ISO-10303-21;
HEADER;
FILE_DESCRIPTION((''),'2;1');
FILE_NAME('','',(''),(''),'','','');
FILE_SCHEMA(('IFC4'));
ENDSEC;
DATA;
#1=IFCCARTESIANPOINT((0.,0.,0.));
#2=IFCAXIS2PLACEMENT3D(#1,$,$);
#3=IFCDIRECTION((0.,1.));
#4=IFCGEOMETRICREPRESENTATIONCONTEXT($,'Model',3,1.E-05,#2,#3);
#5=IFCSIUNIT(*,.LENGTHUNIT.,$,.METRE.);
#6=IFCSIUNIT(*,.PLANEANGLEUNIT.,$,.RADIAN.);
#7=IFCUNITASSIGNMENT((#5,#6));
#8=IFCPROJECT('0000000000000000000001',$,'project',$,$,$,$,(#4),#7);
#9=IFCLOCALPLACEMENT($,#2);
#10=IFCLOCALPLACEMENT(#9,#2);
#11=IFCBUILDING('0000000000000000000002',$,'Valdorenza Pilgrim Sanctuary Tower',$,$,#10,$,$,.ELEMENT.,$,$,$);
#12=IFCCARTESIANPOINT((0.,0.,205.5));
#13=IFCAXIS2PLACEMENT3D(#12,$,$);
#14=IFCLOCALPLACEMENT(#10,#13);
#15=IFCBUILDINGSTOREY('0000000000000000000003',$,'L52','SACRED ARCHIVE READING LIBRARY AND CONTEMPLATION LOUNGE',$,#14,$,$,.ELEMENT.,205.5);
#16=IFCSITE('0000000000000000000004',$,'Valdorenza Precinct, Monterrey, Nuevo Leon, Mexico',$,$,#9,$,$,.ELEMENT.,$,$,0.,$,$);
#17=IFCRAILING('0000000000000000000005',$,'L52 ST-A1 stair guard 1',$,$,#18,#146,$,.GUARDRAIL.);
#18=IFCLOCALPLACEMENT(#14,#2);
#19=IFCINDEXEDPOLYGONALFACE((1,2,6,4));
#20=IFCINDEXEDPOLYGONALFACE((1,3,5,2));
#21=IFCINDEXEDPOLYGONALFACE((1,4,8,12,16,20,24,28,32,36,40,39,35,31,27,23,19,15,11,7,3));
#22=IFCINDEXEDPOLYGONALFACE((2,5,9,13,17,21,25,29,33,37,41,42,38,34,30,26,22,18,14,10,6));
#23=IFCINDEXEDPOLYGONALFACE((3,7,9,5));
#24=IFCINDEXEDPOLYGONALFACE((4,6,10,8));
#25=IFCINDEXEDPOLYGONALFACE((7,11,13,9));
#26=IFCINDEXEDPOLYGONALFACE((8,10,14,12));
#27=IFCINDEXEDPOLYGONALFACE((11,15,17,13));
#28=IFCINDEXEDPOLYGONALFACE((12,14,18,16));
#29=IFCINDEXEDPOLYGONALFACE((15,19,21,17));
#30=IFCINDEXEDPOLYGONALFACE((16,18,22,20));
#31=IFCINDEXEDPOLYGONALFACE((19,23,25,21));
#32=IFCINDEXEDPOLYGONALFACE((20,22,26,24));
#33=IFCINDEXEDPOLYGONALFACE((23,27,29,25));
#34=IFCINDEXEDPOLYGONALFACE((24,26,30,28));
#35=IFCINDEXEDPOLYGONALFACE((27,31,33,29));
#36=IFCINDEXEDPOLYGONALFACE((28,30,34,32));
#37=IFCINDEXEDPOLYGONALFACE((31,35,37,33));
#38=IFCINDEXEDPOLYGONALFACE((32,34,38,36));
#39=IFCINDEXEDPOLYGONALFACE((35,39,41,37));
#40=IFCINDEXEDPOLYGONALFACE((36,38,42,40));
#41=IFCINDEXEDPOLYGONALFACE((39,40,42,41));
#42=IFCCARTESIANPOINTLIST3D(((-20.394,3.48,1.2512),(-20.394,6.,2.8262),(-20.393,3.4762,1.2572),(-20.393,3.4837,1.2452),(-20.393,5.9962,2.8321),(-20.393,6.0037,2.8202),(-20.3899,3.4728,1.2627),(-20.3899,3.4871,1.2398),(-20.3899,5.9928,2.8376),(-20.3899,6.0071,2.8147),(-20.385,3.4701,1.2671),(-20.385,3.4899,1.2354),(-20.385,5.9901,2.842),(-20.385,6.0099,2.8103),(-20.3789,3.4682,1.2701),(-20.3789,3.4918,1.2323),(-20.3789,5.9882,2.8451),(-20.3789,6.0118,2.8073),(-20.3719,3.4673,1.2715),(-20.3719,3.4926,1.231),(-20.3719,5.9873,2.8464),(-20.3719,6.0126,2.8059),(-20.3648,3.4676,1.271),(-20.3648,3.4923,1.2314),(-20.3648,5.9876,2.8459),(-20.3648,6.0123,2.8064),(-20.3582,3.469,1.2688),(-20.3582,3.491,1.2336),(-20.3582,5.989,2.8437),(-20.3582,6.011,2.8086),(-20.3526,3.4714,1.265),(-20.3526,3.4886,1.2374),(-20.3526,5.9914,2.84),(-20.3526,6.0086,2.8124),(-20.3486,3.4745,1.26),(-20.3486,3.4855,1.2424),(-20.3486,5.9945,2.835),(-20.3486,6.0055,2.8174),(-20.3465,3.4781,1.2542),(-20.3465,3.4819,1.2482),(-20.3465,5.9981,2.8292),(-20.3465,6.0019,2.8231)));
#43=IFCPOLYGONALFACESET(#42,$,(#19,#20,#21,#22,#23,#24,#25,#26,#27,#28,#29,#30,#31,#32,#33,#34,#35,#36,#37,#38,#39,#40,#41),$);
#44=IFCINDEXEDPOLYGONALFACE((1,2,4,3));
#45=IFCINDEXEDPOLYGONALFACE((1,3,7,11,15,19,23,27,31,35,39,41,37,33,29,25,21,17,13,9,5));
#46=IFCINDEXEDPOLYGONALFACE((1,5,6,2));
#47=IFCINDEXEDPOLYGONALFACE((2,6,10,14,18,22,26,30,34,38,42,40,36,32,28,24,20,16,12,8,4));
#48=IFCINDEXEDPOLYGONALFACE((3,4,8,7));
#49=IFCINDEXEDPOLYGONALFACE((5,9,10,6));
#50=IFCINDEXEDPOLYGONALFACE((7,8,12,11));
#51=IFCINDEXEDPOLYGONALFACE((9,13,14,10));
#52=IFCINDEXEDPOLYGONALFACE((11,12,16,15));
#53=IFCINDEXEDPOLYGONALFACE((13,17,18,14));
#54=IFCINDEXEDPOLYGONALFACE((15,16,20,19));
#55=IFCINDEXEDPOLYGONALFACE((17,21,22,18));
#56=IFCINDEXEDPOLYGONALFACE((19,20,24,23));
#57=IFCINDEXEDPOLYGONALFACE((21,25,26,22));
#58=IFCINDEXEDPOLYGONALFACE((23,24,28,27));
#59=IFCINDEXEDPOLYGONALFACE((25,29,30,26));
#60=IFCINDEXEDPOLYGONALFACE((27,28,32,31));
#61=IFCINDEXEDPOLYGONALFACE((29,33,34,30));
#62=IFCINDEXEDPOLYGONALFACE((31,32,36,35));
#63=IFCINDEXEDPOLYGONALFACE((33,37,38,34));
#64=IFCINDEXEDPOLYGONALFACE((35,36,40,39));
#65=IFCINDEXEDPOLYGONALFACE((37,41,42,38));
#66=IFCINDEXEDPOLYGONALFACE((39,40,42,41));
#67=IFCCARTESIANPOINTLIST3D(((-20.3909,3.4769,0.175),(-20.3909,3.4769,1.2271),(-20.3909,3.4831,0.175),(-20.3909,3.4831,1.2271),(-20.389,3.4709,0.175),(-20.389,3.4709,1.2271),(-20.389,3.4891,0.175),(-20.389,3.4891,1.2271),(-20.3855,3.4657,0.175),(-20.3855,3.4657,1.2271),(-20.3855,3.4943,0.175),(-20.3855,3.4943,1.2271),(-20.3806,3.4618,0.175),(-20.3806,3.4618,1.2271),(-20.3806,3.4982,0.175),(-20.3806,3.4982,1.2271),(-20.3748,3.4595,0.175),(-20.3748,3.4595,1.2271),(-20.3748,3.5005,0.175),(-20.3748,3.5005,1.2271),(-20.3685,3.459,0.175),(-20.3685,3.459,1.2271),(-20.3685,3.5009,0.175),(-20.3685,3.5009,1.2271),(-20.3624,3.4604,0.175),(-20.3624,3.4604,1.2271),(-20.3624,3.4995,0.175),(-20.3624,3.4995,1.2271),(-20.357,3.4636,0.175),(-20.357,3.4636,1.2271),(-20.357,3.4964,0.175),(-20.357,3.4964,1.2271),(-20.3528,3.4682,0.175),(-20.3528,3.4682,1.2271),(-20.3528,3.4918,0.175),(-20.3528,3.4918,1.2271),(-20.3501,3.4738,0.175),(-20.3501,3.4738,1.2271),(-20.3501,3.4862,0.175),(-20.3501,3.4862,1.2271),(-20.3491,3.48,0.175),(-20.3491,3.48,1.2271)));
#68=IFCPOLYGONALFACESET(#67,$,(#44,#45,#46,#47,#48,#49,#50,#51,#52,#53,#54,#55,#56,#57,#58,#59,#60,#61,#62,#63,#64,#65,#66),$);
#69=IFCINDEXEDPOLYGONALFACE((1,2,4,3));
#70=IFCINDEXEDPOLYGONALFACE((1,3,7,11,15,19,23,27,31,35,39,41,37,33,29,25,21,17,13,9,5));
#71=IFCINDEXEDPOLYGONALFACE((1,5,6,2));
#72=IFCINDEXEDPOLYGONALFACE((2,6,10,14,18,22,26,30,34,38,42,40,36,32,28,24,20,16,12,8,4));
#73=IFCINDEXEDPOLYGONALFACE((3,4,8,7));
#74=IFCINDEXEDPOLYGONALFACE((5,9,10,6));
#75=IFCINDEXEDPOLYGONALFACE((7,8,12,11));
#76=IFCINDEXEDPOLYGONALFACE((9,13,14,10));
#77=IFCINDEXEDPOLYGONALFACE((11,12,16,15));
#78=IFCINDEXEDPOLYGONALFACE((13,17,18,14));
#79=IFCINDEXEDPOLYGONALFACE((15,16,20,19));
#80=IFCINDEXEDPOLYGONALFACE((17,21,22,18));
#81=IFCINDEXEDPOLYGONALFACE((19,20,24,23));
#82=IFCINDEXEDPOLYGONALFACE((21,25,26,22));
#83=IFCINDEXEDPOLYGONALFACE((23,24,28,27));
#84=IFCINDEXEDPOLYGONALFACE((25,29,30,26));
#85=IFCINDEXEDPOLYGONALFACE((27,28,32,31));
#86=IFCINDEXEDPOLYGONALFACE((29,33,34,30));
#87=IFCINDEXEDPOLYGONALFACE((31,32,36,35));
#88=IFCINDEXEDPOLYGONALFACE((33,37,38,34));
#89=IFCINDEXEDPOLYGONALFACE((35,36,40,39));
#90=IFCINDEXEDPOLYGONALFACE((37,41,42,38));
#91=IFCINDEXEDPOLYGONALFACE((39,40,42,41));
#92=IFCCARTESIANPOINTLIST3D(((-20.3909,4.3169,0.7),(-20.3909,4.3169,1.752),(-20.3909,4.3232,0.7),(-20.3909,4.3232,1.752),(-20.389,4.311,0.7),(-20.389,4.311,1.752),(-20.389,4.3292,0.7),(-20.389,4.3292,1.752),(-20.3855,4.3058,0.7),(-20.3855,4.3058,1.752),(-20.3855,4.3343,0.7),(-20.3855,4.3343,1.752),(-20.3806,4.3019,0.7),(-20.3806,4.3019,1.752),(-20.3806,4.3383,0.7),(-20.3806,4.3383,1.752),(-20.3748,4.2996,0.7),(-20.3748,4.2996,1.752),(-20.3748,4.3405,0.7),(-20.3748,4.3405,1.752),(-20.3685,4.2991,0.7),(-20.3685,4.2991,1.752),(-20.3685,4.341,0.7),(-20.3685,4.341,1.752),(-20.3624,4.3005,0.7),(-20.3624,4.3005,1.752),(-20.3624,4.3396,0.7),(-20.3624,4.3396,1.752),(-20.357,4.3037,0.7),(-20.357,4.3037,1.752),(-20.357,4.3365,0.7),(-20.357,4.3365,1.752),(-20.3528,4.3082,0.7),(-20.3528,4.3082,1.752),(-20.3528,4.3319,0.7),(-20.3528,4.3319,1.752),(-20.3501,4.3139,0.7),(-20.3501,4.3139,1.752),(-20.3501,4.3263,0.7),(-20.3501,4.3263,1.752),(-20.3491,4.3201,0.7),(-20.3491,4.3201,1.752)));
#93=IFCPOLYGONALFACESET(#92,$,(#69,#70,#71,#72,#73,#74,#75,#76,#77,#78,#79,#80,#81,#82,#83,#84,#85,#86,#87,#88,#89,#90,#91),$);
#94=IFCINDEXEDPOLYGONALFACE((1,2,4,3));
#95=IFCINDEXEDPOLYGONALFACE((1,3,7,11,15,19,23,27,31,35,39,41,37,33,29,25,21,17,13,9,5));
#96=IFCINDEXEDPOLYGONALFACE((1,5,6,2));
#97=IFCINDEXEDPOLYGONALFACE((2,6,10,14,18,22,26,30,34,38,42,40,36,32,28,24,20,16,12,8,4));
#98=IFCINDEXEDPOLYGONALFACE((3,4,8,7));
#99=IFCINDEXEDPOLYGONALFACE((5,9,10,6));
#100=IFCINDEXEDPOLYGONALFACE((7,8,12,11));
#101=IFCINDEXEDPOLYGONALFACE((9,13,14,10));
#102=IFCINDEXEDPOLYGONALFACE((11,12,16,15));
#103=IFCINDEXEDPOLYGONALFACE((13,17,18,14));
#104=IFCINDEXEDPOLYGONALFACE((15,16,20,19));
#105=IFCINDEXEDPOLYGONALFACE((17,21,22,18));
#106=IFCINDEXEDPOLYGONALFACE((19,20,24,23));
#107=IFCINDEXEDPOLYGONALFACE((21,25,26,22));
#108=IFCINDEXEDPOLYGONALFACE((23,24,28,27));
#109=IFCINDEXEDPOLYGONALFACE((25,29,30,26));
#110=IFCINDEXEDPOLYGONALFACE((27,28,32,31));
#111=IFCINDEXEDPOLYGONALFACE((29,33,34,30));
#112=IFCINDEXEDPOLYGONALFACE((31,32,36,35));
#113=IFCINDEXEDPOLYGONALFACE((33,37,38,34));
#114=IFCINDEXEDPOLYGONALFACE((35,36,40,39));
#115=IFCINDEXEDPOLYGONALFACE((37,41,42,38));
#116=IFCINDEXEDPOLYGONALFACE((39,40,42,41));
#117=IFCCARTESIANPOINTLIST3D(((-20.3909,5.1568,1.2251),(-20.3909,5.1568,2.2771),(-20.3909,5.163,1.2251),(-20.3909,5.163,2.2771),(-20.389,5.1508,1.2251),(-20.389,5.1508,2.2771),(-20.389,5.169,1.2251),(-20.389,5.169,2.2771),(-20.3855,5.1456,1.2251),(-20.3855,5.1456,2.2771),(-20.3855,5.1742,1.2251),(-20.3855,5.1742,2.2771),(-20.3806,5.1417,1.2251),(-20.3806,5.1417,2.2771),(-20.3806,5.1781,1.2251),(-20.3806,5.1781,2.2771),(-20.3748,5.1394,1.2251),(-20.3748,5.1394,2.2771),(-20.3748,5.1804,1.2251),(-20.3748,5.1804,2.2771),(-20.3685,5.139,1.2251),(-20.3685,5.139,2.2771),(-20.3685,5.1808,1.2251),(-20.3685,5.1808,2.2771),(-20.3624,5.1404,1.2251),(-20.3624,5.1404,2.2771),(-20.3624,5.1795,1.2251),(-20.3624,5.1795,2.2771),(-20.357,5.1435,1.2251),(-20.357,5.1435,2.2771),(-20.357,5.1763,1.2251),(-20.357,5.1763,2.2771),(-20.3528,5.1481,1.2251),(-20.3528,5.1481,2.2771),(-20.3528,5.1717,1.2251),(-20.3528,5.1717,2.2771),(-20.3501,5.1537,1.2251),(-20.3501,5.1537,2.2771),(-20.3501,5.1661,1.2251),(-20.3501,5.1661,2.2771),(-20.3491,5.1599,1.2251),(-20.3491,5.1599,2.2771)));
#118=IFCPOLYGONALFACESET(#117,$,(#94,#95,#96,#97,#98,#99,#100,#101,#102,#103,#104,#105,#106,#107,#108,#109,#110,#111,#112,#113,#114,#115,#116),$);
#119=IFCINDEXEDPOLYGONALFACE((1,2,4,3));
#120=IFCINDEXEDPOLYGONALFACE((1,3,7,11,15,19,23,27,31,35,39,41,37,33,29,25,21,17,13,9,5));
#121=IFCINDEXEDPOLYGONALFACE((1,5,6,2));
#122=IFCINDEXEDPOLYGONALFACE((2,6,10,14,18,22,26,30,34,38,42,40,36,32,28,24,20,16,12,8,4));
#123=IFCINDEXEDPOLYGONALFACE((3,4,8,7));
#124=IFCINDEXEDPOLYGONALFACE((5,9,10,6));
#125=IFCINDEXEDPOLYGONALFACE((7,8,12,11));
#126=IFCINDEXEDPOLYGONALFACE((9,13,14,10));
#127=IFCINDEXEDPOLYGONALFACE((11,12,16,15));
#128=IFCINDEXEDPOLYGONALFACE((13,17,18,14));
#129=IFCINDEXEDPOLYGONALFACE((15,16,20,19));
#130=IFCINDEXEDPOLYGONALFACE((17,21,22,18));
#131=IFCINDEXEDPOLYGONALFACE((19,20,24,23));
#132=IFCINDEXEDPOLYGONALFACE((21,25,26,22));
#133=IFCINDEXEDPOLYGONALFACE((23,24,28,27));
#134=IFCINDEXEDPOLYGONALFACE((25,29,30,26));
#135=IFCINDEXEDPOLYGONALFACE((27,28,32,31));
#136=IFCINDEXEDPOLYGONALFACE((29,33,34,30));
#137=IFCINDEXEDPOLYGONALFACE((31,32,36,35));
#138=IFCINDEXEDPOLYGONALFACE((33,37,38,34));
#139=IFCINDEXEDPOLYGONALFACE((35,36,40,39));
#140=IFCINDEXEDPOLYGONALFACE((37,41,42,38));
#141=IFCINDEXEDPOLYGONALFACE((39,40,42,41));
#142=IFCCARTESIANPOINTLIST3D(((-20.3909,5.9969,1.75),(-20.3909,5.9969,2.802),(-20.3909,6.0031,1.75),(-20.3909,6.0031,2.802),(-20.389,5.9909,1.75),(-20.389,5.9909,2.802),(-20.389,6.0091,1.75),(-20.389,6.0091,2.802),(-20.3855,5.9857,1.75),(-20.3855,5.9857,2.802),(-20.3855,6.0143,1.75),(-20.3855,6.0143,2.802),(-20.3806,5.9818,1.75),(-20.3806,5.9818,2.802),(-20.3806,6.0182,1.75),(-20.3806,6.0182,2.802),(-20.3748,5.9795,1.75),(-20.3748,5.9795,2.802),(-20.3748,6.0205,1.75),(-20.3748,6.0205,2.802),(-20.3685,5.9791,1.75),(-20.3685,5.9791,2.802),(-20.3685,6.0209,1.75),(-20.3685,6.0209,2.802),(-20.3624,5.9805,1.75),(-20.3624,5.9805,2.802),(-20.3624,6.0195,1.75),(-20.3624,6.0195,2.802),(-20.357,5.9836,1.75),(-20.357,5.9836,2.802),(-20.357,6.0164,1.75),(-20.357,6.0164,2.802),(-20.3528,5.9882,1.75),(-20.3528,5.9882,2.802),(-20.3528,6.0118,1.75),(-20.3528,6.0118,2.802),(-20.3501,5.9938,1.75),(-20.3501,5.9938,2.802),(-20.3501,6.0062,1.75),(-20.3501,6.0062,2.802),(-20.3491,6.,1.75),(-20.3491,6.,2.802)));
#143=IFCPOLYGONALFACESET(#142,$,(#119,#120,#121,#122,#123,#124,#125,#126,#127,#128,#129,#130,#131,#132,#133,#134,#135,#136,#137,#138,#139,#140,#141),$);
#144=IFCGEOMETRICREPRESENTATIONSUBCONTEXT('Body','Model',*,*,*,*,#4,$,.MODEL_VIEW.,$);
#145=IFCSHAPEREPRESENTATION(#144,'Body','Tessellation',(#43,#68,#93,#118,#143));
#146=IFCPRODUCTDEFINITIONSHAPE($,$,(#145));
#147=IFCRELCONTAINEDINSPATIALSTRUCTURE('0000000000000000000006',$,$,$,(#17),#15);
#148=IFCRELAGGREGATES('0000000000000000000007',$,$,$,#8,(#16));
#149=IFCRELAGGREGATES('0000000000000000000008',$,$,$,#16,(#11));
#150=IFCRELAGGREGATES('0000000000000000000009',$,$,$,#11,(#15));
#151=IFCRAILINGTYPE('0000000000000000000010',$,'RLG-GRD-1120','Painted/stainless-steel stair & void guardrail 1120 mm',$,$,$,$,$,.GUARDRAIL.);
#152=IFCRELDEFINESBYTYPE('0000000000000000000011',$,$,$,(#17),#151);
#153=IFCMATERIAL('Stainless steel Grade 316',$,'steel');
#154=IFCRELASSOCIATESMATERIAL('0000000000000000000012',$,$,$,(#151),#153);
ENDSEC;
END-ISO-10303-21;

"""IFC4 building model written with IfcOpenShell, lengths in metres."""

from ifc_helpers import new_model, si_unit, direction, frame, origin, origin_2d, place, context, subcontext, project, spatial, circle, extrude, material, type_object, element, save


model = new_model("IFC4")

# Units and contexts
model_context = context("Model", 3, precision=1e-05, world=origin(), true_north=direction((0.0, 1.0)))
body_context = subcontext(model_context, "Body", "Model", "MODEL_VIEW")
ifc_project = project(units=[si_unit("LENGTHUNIT", "METRE"), si_unit("PLANEANGLEUNIT", "RADIAN")], contexts=[model_context])

# Site, building, storey
site_placement = place(None, origin())
site = spatial("IfcSite", under=ifc_project, at=site_placement, Name="Valdorenza Precinct, Monterrey, Nuevo Leon, Mexico", CompositionType="ELEMENT", RefElevation=0.0)
building_placement = place(site_placement, origin())
building = spatial("IfcBuilding", under=site, at=building_placement, Name="Valdorenza Pilgrim Sanctuary Tower", CompositionType="ELEMENT")
storey_placement = place(building_placement, frame((0.0, 0.0, 205.5)))
storey = spatial("IfcBuildingStorey", under=building, at=storey_placement, Name="L52", Description="SACRED ARCHIVE READING LIBRARY AND CONTEMPLATION LOUNGE", CompositionType="ELEMENT", Elevation=205.5)

# Railing
ifc_material_1 = material(Name="Stainless steel Grade 316", Category="steel")
railing_type_1 = type_object("IfcRailingType", Name="RLG-GRD-1120", Description="Painted/stainless-steel stair & void guardrail 1120 mm", PredefinedType="GUARDRAIL", material=ifc_material_1)
railing_1_placement = place(storey_placement, frame((-20.3701, 3.48, 0.175)))
element("IfcRailing", 1, at=railing_1_placement, inside=storey, type_object=railing_type_1, Name="L52 ST-A1 stair guard 1", PredefinedType="GUARDRAIL", context=body_context, shape_type="SweptSolid", body=[
    extrude(circle(Radius=0.0239, at=origin_2d()), frame((0.0, 0.0, 1.0762), z_axis=(0.0, 0.848008, 0.529984), x_axis=(-1.0, 0.0, 0.0)), (0.0, 0.0, 1.0), 2.9717),
    extrude(circle(Radius=0.021, at=origin_2d()), origin(), (0.0, 0.0, 1.0), 1.052),
    extrude(circle(Radius=0.021, at=origin_2d()), frame((0.0, 0.8401, 0.5249)), (0.0, 0.0, 1.0), 1.052),
    extrude(circle(Radius=0.021, at=origin_2d()), frame((0.0, 1.6799, 1.05)), (0.0, 0.0, 1.0), 1.052),
    extrude(circle(Radius=0.021, at=origin_2d()), frame((0.0, 2.52, 1.575)), (0.0, 0.0, 1.0), 1.052),
])

save(model, "model.ifc")
